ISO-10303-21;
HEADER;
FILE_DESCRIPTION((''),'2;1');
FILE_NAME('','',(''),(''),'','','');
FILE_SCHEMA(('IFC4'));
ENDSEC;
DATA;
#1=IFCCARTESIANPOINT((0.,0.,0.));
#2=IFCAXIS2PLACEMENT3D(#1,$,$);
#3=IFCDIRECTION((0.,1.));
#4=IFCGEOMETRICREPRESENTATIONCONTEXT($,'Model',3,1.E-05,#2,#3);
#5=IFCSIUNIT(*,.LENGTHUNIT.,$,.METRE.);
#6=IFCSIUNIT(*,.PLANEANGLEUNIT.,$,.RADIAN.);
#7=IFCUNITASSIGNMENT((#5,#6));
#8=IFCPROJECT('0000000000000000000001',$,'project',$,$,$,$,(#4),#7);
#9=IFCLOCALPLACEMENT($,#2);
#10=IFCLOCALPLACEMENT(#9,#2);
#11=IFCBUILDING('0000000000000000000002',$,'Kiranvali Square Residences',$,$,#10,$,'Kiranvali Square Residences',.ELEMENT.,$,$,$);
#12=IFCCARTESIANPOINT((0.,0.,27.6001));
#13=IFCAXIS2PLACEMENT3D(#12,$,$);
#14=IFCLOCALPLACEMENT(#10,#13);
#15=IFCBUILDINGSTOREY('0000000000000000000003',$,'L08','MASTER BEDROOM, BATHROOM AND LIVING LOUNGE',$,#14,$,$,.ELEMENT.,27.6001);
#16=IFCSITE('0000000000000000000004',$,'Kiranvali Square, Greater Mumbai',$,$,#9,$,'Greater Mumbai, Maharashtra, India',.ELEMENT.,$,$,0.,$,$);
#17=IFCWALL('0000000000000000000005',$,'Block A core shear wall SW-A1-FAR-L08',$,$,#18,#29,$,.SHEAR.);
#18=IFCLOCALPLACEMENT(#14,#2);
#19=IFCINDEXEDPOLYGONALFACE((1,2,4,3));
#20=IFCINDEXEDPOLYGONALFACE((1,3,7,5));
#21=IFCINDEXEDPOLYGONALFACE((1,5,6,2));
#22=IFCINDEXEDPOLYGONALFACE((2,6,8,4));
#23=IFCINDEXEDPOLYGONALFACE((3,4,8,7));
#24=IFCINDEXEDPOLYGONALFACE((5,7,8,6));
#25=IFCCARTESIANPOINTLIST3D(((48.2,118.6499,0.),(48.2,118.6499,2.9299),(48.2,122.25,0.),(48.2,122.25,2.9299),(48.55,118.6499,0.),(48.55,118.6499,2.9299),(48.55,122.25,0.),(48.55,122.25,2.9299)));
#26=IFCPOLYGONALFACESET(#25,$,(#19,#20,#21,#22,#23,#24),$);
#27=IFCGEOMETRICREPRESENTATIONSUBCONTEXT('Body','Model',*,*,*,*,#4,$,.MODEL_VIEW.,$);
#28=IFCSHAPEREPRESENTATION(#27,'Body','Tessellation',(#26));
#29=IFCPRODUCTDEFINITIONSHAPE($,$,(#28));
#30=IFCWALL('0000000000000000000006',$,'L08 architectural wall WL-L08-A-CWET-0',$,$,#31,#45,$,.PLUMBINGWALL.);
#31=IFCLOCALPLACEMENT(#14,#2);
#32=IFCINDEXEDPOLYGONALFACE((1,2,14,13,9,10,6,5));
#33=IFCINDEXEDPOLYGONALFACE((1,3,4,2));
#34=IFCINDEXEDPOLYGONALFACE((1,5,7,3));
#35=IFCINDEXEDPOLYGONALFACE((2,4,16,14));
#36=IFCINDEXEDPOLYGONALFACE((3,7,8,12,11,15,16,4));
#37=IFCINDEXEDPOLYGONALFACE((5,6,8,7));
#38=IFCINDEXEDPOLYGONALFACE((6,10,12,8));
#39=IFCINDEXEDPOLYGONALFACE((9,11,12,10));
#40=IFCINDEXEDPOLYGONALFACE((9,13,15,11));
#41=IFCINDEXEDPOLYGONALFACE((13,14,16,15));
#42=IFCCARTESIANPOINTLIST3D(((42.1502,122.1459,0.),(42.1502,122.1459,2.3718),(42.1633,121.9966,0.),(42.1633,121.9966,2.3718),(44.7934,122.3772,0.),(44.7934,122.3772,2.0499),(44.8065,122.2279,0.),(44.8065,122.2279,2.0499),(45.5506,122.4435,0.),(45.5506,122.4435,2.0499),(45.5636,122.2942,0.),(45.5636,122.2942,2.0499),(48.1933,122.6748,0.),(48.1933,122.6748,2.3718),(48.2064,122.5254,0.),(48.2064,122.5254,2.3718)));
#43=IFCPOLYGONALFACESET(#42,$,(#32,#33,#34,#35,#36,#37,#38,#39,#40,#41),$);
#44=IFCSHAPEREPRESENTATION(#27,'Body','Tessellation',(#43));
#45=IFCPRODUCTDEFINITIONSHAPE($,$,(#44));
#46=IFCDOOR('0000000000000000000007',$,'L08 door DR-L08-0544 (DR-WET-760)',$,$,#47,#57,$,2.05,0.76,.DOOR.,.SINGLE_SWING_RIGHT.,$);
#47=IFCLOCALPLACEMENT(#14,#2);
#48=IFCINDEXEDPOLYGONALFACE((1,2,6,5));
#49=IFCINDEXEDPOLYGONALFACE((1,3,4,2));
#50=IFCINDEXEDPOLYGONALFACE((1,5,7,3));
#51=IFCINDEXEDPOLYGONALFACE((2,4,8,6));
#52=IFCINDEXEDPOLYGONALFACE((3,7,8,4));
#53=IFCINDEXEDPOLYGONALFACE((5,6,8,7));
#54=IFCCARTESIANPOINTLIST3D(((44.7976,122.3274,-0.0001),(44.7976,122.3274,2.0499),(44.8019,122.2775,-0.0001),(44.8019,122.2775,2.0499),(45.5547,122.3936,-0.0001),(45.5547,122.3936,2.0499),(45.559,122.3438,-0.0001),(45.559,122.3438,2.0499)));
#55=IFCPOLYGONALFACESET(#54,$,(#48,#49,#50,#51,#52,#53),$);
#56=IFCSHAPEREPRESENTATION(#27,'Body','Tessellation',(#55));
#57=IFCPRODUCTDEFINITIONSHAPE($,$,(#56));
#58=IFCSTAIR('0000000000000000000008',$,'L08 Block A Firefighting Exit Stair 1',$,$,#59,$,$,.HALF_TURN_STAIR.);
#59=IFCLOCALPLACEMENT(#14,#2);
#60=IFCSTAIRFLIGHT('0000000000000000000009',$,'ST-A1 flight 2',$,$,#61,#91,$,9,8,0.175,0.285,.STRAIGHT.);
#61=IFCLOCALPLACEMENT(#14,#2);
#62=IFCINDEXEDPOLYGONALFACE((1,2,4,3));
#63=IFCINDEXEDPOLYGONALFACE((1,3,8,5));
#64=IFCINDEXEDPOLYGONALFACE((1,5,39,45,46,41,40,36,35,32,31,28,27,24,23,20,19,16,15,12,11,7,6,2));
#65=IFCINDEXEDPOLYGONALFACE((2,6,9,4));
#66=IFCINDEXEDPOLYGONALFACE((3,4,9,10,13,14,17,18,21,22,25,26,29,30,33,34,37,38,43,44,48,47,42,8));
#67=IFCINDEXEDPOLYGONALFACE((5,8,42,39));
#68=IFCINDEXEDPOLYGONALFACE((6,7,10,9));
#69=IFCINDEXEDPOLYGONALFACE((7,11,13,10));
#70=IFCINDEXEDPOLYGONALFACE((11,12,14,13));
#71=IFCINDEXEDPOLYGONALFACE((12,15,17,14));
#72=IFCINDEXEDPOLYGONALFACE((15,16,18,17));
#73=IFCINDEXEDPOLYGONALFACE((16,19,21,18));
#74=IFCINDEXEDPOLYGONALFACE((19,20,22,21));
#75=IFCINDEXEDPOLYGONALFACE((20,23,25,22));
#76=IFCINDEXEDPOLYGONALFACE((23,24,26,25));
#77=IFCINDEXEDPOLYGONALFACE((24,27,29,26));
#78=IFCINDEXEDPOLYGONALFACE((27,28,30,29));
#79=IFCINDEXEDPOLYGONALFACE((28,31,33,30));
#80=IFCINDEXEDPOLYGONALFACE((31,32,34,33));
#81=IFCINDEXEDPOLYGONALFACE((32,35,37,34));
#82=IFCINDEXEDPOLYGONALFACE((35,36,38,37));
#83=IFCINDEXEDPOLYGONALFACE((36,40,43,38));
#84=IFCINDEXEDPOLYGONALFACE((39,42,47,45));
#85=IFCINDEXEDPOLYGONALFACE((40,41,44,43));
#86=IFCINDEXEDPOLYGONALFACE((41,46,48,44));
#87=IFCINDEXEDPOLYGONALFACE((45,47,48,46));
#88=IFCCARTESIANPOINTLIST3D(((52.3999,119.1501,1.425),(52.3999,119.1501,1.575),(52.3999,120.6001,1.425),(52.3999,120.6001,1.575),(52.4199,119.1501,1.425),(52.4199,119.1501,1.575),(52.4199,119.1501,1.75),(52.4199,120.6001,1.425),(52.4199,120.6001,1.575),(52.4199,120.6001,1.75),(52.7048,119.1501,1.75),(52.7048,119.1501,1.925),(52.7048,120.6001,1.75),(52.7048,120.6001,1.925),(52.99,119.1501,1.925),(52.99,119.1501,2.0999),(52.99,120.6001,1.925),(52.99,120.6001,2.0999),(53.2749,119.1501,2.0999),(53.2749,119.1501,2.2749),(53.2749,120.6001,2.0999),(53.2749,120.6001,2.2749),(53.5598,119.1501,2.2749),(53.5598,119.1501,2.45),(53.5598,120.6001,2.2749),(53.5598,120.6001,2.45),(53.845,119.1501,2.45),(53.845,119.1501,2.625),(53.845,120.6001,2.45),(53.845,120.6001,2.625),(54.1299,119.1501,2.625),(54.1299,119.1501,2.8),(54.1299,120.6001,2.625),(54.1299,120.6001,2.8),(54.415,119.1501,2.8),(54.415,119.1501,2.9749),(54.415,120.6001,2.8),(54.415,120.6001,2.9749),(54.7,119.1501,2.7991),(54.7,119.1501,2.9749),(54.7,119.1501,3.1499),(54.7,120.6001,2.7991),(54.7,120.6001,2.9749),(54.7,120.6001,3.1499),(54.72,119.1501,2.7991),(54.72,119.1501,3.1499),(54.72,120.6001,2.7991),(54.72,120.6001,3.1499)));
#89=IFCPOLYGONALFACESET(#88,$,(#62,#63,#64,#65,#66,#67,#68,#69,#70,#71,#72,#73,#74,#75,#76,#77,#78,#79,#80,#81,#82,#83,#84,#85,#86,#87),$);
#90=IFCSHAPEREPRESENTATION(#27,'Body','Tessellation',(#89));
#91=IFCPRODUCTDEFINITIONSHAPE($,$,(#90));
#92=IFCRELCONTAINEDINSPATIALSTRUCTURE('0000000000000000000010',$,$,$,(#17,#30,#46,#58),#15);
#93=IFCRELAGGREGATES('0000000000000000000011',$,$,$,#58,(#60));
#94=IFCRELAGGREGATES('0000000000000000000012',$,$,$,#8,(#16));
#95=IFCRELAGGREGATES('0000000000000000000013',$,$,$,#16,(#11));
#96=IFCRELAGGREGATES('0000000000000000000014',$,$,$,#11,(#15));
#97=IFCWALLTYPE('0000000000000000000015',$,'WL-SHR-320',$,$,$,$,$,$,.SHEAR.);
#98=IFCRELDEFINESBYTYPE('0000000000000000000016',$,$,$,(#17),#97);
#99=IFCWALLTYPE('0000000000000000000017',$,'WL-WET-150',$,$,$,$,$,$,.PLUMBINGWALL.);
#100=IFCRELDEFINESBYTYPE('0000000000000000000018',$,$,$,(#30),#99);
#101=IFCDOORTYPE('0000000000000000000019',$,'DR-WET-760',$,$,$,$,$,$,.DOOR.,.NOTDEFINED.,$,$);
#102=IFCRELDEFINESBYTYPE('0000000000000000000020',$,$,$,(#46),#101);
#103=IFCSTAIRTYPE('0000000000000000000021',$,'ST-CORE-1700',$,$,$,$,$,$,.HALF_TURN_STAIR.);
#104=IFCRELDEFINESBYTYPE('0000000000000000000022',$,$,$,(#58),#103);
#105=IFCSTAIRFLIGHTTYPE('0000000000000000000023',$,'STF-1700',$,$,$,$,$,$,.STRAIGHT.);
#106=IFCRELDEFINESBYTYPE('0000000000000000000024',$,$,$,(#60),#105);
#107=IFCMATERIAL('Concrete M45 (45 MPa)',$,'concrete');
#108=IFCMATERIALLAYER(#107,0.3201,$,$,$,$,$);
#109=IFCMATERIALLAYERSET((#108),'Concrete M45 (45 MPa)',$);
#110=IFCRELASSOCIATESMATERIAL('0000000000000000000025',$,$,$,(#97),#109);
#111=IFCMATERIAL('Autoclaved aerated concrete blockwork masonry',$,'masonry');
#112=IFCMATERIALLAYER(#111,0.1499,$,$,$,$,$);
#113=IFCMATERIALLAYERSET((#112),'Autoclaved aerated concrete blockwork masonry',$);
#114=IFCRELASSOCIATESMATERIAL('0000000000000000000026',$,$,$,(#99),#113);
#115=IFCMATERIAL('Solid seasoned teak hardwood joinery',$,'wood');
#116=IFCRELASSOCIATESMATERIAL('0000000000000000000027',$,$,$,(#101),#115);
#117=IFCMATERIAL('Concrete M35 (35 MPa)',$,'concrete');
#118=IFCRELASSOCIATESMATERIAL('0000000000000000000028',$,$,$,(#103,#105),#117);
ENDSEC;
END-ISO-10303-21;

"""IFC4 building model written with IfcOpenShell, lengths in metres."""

from ifc_helpers import new_model, si_unit, direction, frame, frame_2d, origin, place, context, subcontext, project, spatial, polyline, rectangle, outline, extrude, material, layer, layer_set, type_object, element, fill, aggregate, save


model = new_model("IFC4")

# Units and contexts
model_context = context("Model", 3, precision=1e-05, world=origin(), true_north=direction((0.0, 1.0)))
body_context = subcontext(model_context, "Body", "Model", "MODEL_VIEW")
ifc_project = project(units=[si_unit("LENGTHUNIT", "METRE"), si_unit("PLANEANGLEUNIT", "RADIAN")], contexts=[model_context])

# Site, building, storey
site_placement = place(None, origin())
site = spatial("IfcSite", under=ifc_project, at=site_placement, Name="Kiranvali Square, Greater Mumbai", LongName="Greater Mumbai, Maharashtra, India", CompositionType="ELEMENT", RefElevation=0.0)
building_placement = place(site_placement, origin())
building = spatial("IfcBuilding", under=site, at=building_placement, Name="Kiranvali Square Residences", LongName="Kiranvali Square Residences", CompositionType="ELEMENT")
storey_placement = place(building_placement, frame((0.0, 0.0, 27.6001)))
storey = spatial("IfcBuildingStorey", under=building, at=storey_placement, Name="L08", Description="MASTER BEDROOM, BATHROOM AND LIVING LOUNGE", CompositionType="ELEMENT", Elevation=27.6001)

# Shared definitions
ifc_material_1 = material(Name="Concrete M45 (45 MPa)", Category="concrete")

# Shared definitions
ifc_material_2 = material(Name="Autoclaved aerated concrete blockwork masonry", Category="masonry")

# Shared definitions
ifc_material_3 = material(Name="Solid seasoned teak hardwood joinery", Category="wood")
ifc_layer_1 = layer(ifc_material_1, 0.3201)
ifc_layer_set_1 = layer_set([ifc_layer_1], Name="Concrete M45 (45 MPa)")
wall_type_1 = type_object("IfcWallType", Name="WL-SHR-320", PredefinedType="SHEAR", material=ifc_layer_set_1)

# Wall
wall_1_placement = place(storey_placement, frame((48.375, 118.6499, 0.0), z_axis=(0.0, 0.0, 1.0), x_axis=(0.0, 1.0, 0.0)))
element("IfcWall", 1, at=wall_1_placement, inside=storey, type_object=wall_type_1, Name="Block A core shear wall SW-A1-FAR-L08", PredefinedType="SHEAR", context=body_context, shape_type="SweptSolid", body=[
    extrude(rectangle(XDim=3.6001, YDim=0.3501, at=frame_2d((1.8, 0.0))), origin(), (0.0, 0.0, 1.0), 2.9299),
])

# Wall, opening, door
ifc_layer_2 = layer(ifc_material_2, 0.1499)
ifc_layer_set_2 = layer_set([ifc_layer_2], Name="Autoclaved aerated concrete blockwork masonry")
wall_type_2 = type_object("IfcWallType", Name="WL-WET-150", PredefinedType="PLUMBINGWALL", material=ifc_layer_set_2)
wall_2_placement = place(storey_placement, frame((48.2, 122.6001, 0.0), z_axis=(0.0, 0.0, 1.0), x_axis=(-0.996193, -0.087175, 0.0)))
wall_2 = element("IfcWall", 2, at=wall_2_placement, inside=storey, type_object=wall_type_2, Name="L08 architectural wall WL-L08-A-CWET-0", PredefinedType="PLUMBINGWALL", context=body_context, shape_type="SweptSolid", body=[
    extrude(rectangle(XDim=6.0662, YDim=0.1499, at=frame_2d((3.0332, 0.0))), origin(), (0.0, 0.0, 1.0), 2.3718),
])
opening_1_placement = place(wall_2_placement, frame((2.6531, 0.0, 0.0)))
opening_1 = element("IfcOpeningElement", 3, at=opening_1_placement, cuts=wall_2, PredefinedType="OPENING", context=body_context, shape_type="SweptSolid", body=[
    extrude(rectangle(XDim=0.76, YDim=2.05, at=frame_2d((0.3799, 1.0249))), frame((0.0, 0.085, 0.0), z_axis=(0.0, -1.0, 0.0), x_axis=(1.0, 0.0, 0.0)), (0.0, 0.0, 1.0), 0.1699),
])
door_type_1 = type_object("IfcDoorType", Name="DR-WET-760", OperationType="NOTDEFINED", PredefinedType="DOOR", material=ifc_material_3)
door_1_placement = place(opening_1_placement, frame((0.76, 0.0, 0.0), z_axis=(0.0, 0.0, 1.0), x_axis=(-1.0, 0.0, 0.0)))
door_1 = element("IfcDoor", 4, at=door_1_placement, inside=storey, type_object=door_type_1, Name="L08 door DR-L08-0544 (DR-WET-760)", OperationType="SINGLE_SWING_RIGHT", OverallHeight=2.05, OverallWidth=0.76, PredefinedType="DOOR", context=body_context, shape_type="SweptSolid", body=[
    extrude(rectangle(XDim=0.76, YDim=2.05, at=frame_2d((0.3799, 1.0249))), frame((0.0, 0.0249, 0.0), z_axis=(0.0, -1.0, 0.0), x_axis=(1.0, 0.0, 0.0)), (0.0, 0.0, 1.0), 0.05),
])
fill(opening_1, door_1)

# Stair, stair flight
ifc_material_4 = material(Name="Concrete M35 (35 MPa)", Category="concrete")
stair_type = type_object("IfcStairType", Name="ST-CORE-1700", PredefinedType="HALF_TURN_STAIR", material=ifc_material_4)
stair_placement = place(storey_placement, origin())
stair = element("IfcStair", 5, at=stair_placement, inside=storey, type_object=stair_type, Name="L08 Block A Firefighting Exit Stair 1", PredefinedType="HALF_TURN_STAIR")
stair_flight_type = type_object("IfcStairFlightType", Name="STF-1700", PredefinedType="STRAIGHT", material=ifc_material_4)
stair_flight_placement = place(storey_placement, frame((52.4199, 119.875, 1.575), z_axis=(0.0, 0.0, 1.0), x_axis=(1.0, 0.0, 0.0)))
stair_flight = element("IfcStairFlight", 6, at=stair_flight_placement, type_object=stair_flight_type, Name="ST-A1 flight 2", NumberOfRisers=9, NumberOfTreads=8, PredefinedType="STRAIGHT", RiserHeight=0.175, TreadLength=0.285, context=body_context, shape_type="SweptSolid", body=[
    extrude(outline(polyline([(-0.02, -0.1499), (-0.02, 0.0), (0.0, 0.0), (0.0, 0.175), (0.2849, 0.175), (0.2849, 0.3501), (0.5701, 0.3501), (0.5701, 0.5249), (0.855, 0.5249), (0.855, 0.7), (1.1399, 0.7), (1.1399, 0.875), (1.425, 0.875), (1.425, 1.05), (1.71, 1.05), (1.71, 1.2251), (1.9951, 1.2251), (1.9951, 1.3999), (2.28, 1.3999), (2.28, 1.575), (2.3, 1.575), (2.3, 1.2241), (2.28, 1.2241), (0.0, -0.1499), (-0.02, -0.1499)])), frame((0.0, 0.7251, 0.0), z_axis=(0.0, -1.0, 0.0), x_axis=(1.0, 0.0, 0.0)), (0.0, 0.0, 1.0), 1.45),
])
aggregate(stair, [stair_flight])

save(model, "model.ifc")
